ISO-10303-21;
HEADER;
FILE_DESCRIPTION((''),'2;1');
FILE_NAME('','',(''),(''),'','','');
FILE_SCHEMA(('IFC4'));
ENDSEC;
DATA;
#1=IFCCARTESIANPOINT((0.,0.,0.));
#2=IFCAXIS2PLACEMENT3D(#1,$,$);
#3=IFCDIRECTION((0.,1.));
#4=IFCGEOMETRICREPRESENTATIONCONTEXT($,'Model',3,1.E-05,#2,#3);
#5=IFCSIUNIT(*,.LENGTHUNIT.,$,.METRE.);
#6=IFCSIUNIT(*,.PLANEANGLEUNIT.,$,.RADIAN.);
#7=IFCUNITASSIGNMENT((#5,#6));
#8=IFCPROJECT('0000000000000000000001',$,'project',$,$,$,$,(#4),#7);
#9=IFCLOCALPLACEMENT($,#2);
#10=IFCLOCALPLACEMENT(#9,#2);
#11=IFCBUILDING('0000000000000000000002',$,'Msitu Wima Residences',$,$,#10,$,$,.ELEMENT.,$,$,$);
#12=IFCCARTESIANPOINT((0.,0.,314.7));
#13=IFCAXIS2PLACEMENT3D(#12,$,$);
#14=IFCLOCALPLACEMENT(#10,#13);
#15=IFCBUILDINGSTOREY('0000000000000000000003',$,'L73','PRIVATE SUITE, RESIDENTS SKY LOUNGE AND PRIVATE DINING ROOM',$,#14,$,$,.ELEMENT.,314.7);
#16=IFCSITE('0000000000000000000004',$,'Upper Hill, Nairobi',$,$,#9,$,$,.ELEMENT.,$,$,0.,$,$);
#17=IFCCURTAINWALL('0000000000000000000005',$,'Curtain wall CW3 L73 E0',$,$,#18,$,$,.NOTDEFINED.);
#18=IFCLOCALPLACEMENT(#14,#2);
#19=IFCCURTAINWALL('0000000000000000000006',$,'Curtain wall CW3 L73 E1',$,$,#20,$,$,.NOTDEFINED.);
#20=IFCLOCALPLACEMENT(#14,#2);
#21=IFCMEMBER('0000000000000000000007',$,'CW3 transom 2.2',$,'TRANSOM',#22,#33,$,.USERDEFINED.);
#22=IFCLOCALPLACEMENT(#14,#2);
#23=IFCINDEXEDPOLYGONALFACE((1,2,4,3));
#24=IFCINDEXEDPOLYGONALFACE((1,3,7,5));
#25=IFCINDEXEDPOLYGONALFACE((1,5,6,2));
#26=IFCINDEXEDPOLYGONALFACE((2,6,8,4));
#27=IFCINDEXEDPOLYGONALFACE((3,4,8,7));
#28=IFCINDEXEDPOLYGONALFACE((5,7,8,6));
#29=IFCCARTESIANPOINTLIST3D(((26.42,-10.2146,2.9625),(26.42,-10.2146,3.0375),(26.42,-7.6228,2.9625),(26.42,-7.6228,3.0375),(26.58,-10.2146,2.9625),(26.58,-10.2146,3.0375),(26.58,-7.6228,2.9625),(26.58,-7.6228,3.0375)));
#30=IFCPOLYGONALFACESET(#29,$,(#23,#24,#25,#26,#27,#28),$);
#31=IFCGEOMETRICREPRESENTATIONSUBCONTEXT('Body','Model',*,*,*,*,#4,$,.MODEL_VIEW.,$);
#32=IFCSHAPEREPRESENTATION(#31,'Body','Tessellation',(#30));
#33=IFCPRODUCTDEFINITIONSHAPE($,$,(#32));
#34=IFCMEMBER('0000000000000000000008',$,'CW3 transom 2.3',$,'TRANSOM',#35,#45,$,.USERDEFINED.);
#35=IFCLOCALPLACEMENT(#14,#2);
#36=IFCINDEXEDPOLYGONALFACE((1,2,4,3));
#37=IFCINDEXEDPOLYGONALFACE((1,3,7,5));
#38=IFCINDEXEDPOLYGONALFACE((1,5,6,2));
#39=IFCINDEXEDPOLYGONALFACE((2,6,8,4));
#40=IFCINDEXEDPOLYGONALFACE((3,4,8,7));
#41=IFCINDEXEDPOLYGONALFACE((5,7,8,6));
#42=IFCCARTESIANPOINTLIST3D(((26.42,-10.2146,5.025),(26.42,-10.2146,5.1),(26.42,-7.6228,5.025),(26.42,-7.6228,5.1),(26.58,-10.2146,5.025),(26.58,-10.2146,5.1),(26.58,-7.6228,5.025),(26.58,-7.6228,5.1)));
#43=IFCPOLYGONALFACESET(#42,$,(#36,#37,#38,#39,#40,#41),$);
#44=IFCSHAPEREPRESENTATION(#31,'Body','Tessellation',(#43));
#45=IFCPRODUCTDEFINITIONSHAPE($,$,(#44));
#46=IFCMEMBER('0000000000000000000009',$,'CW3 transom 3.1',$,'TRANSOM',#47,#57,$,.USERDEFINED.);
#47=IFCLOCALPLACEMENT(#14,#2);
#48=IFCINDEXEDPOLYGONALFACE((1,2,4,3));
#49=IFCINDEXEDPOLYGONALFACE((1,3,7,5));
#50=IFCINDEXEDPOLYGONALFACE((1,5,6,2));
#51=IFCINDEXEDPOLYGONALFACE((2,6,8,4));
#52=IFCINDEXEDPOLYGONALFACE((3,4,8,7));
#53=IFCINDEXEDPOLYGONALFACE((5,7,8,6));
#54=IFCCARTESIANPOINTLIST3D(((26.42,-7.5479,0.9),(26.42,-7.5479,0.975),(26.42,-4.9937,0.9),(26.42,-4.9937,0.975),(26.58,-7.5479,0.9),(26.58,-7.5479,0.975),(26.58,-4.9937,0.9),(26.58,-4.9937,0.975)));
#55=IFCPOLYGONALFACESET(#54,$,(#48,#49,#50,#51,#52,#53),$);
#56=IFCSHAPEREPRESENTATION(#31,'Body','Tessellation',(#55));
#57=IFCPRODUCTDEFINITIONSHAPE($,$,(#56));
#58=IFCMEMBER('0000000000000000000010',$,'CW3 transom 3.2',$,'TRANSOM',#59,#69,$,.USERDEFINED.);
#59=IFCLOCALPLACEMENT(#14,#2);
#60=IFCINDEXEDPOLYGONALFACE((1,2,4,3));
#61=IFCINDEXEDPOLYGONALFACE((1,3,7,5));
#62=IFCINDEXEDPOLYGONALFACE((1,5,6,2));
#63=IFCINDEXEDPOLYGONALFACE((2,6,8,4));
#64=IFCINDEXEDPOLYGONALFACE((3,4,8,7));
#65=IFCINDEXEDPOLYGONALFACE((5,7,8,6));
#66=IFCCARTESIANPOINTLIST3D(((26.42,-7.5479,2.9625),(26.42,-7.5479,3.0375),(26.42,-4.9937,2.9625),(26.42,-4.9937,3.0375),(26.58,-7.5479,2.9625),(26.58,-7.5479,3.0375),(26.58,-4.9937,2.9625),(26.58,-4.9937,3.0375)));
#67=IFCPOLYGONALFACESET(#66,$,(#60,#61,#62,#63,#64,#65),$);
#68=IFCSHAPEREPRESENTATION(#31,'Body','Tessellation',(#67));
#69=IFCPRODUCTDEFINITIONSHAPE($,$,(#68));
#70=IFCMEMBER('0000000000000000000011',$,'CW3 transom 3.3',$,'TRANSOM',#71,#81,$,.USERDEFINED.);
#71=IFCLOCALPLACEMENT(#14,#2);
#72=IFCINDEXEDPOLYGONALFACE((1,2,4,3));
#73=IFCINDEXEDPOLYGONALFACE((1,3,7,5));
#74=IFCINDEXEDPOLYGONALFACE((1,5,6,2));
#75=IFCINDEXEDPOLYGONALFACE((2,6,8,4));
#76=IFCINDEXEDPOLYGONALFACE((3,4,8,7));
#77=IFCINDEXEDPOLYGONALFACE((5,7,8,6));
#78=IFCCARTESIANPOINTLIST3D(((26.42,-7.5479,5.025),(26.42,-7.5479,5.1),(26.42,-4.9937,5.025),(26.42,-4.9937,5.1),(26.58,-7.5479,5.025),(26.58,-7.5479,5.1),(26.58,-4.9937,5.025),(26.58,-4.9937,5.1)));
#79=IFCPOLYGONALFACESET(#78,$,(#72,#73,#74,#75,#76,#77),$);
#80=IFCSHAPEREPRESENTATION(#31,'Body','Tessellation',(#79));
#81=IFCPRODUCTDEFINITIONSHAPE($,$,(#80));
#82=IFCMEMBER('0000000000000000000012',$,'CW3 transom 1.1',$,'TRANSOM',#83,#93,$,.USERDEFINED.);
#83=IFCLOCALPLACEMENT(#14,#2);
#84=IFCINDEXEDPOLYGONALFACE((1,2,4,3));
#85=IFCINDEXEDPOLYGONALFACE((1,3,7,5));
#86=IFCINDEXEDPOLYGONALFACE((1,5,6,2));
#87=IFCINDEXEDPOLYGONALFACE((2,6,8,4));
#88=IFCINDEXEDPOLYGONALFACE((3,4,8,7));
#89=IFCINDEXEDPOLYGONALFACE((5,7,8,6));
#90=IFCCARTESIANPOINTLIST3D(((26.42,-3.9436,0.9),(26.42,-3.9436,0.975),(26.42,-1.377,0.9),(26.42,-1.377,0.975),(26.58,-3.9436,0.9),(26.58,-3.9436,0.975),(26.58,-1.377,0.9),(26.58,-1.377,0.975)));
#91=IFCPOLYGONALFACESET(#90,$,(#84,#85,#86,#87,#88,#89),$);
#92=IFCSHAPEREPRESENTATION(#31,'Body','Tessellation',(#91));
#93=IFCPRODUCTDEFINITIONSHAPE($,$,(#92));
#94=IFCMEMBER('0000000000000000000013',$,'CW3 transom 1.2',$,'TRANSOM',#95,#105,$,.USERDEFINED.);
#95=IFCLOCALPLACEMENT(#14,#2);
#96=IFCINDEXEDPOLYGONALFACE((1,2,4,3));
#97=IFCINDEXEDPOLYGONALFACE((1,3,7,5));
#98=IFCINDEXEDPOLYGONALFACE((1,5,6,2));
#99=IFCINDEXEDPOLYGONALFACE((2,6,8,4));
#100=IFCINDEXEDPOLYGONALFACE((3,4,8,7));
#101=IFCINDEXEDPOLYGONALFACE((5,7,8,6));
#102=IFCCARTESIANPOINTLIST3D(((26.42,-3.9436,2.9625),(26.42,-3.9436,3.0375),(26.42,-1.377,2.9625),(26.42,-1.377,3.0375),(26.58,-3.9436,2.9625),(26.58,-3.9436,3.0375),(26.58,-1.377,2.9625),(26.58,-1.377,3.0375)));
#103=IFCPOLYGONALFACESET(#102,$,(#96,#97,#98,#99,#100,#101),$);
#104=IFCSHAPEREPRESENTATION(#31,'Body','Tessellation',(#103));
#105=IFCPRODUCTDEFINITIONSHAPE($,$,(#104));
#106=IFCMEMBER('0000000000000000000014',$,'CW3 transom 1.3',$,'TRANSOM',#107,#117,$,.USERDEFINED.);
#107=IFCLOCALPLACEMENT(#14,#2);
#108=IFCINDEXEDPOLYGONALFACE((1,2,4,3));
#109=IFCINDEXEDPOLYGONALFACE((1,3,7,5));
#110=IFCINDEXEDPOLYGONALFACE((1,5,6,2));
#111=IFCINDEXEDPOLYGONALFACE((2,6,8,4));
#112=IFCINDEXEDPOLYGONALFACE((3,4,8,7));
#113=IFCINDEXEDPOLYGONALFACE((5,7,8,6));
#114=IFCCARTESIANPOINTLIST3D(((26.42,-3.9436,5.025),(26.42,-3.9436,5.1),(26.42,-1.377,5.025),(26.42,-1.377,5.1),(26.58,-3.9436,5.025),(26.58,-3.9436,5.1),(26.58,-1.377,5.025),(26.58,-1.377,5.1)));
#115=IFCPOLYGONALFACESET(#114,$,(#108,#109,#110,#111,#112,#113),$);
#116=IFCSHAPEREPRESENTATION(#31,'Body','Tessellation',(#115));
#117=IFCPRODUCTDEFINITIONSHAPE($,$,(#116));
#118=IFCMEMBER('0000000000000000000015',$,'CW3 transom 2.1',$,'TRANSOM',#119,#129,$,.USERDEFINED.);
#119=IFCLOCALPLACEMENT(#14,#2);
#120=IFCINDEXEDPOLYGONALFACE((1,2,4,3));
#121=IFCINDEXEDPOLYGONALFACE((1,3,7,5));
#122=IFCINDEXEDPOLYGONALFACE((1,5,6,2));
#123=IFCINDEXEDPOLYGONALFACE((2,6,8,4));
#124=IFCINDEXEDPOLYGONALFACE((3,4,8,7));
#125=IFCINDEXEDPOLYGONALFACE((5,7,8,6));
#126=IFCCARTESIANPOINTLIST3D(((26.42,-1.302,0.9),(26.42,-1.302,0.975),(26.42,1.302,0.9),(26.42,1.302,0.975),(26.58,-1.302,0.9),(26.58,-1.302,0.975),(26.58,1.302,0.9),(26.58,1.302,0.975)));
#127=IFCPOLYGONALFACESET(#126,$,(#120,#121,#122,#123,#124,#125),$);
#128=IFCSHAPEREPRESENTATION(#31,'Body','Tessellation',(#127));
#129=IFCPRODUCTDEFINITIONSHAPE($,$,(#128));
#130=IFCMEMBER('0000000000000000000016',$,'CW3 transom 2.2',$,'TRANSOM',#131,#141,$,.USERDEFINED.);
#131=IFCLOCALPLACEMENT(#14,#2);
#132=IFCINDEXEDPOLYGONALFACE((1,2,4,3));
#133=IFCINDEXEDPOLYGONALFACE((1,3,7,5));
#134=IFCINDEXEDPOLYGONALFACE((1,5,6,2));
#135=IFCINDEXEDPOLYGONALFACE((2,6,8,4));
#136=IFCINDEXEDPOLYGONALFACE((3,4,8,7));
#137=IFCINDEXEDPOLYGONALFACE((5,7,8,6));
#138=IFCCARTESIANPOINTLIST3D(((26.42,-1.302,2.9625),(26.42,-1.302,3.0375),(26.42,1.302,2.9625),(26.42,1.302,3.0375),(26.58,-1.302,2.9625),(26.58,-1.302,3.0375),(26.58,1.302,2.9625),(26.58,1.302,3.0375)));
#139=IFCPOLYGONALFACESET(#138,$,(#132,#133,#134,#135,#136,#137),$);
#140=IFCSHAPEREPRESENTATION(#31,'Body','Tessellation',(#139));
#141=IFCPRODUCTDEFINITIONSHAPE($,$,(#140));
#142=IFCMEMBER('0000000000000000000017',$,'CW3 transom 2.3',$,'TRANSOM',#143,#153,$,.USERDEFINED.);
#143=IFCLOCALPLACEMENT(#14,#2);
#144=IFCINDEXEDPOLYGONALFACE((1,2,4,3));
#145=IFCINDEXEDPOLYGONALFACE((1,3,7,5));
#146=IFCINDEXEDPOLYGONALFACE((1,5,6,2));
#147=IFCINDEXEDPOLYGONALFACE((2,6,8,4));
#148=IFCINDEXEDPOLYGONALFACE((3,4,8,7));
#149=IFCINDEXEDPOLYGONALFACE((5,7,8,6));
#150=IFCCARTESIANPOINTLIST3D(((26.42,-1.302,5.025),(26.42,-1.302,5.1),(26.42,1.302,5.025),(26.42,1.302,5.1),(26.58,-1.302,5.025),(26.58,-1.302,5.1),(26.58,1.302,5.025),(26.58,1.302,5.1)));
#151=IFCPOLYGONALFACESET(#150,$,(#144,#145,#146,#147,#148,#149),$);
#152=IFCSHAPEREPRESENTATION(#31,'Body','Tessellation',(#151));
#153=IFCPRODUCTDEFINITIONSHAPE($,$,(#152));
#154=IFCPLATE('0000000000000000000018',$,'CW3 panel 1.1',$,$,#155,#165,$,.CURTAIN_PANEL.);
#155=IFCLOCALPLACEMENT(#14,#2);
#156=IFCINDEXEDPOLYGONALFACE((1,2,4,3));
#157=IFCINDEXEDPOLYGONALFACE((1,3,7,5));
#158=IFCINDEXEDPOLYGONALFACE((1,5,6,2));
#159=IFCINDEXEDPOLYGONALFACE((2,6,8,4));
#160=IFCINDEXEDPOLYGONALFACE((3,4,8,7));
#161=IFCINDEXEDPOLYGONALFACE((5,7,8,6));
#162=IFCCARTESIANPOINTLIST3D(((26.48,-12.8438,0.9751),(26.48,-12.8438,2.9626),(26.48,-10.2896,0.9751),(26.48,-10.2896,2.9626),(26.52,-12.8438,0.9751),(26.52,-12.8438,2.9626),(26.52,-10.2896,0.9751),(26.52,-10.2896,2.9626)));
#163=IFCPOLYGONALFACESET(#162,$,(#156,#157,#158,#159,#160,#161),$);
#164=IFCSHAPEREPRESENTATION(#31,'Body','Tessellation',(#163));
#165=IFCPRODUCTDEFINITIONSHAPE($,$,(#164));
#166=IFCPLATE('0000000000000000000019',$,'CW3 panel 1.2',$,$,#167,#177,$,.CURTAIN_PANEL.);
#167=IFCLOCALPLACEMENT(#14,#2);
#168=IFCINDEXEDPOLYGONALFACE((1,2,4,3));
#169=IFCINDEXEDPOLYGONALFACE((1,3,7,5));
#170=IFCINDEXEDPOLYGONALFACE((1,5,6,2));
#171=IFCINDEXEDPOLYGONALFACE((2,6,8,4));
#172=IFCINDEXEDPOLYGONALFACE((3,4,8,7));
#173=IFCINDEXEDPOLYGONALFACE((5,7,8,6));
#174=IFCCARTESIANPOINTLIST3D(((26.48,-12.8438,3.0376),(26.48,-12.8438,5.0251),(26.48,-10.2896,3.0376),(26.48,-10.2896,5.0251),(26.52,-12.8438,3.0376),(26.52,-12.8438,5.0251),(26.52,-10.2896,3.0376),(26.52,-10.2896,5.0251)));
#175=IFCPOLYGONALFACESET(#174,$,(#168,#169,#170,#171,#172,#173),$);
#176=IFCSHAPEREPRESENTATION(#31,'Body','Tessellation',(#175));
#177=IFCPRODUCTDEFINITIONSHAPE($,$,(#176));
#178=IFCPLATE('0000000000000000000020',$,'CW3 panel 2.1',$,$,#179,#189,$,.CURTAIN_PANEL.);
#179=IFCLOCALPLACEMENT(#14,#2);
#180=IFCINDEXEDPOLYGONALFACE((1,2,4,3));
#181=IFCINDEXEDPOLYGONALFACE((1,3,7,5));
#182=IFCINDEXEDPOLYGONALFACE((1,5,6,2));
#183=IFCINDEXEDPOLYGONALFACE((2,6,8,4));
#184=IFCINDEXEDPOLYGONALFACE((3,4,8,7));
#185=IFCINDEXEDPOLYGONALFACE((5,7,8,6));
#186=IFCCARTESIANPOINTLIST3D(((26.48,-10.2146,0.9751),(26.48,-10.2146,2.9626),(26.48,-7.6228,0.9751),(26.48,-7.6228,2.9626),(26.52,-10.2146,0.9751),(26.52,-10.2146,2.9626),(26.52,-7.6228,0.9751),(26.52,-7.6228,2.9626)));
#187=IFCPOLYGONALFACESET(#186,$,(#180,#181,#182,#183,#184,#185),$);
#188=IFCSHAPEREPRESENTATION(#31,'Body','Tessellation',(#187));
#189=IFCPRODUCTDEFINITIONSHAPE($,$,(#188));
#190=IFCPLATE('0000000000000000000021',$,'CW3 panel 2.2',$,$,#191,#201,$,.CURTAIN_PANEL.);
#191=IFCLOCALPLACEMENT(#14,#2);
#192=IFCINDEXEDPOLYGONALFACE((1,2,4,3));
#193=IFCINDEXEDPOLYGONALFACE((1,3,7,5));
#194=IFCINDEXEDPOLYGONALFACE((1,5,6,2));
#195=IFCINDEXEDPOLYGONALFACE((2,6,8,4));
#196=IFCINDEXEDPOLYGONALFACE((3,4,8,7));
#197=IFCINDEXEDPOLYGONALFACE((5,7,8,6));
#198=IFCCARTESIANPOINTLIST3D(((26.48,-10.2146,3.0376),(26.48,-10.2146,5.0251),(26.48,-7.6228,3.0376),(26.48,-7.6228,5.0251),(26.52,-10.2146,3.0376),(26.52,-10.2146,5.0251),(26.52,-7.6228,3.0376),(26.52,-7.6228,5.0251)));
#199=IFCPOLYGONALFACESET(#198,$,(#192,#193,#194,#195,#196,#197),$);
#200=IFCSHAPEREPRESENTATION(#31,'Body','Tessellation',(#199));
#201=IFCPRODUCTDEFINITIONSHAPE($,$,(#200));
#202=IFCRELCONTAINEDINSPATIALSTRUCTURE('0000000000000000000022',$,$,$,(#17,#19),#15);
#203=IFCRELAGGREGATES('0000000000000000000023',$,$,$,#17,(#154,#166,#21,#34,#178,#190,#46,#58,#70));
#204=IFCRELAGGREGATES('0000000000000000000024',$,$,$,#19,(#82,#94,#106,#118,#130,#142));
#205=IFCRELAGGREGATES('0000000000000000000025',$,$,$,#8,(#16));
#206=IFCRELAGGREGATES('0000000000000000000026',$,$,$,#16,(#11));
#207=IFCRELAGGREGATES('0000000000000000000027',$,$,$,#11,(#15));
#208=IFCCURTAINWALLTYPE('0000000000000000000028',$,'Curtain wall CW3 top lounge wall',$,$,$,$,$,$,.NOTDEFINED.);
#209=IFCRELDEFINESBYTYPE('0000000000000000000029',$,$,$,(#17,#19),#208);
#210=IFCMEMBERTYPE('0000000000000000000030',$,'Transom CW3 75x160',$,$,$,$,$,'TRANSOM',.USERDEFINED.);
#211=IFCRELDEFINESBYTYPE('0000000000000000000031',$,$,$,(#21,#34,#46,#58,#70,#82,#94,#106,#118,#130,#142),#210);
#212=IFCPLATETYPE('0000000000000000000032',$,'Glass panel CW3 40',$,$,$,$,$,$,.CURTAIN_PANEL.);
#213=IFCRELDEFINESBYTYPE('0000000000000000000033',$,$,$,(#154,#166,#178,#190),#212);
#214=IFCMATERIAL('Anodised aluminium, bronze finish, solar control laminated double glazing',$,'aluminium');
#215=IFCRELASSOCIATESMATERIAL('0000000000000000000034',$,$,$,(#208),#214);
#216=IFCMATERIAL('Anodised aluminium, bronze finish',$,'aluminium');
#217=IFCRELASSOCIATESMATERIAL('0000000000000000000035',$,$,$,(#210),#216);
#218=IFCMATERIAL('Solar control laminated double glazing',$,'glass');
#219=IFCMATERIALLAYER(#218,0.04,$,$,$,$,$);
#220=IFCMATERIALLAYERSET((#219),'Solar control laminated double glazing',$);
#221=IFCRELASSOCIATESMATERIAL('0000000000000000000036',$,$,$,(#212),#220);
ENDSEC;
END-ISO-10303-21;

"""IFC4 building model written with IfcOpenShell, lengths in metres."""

from ifc_helpers import new_model, si_unit, direction, frame, origin, origin_2d, place, context, subcontext, project, spatial, rectangle, extrude, material, layer, layer_set, material_profile, profile_set, type_object, element, aggregate, save


model = new_model("IFC4")

# Units and contexts
model_context = context("Model", 3, precision=1e-05, world=origin(), true_north=direction((0.0, 1.0)))
body_context = subcontext(model_context, "Body", "Model", "MODEL_VIEW")
ifc_project = project(units=[si_unit("LENGTHUNIT", "METRE"), si_unit("PLANEANGLEUNIT", "RADIAN")], contexts=[model_context])

# Site, building, storey
site_placement = place(None, origin())
site = spatial("IfcSite", under=ifc_project, at=site_placement, Name="Upper Hill, Nairobi", CompositionType="ELEMENT", RefElevation=0.0)
building_placement = place(site_placement, origin())
building = spatial("IfcBuilding", under=site, at=building_placement, Name="Msitu Wima Residences", CompositionType="ELEMENT")
storey_placement = place(building_placement, frame((0.0, 0.0, 314.7)))
storey = spatial("IfcBuildingStorey", under=building, at=storey_placement, Name="L73", Description="PRIVATE SUITE, RESIDENTS SKY LOUNGE AND PRIVATE DINING ROOM", CompositionType="ELEMENT", Elevation=314.7)

# Curtain walls
ifc_material_1 = material(Name="Anodised aluminium, bronze finish, solar control laminated double glazing", Category="aluminium")
curtain_wall_type = type_object("IfcCurtainWallType", Name="Curtain wall CW3 top lounge wall", PredefinedType="NOTDEFINED", material=ifc_material_1)
curtain_wall_1_placement = place(storey_placement, origin())
curtain_wall_1 = element("IfcCurtainWall", 1, at=curtain_wall_1_placement, inside=storey, type_object=curtain_wall_type, Name="Curtain wall CW3 L73 E0", PredefinedType="NOTDEFINED")
ifc_material_2 = material(Name="Anodised aluminium, bronze finish", Category="aluminium")
curtain_wall_2_placement = place(storey_placement, origin())
curtain_wall_2 = element("IfcCurtainWall", 2, at=curtain_wall_2_placement, inside=storey, type_object=curtain_wall_type, Name="Curtain wall CW3 L73 E1", PredefinedType="NOTDEFINED")

# Members
ifc_material_profile_1 = material_profile(ifc_material_2, rectangle(XDim=0.1599, YDim=0.075, at=origin_2d()), Name="Transom 75x160")
ifc_profile_set_1 = profile_set([ifc_material_profile_1], Name="Anodised aluminium, bronze finish")
member_type_1 = type_object("IfcMemberType", Name="Transom CW3 75x160", ElementType="TRANSOM", PredefinedType="USERDEFINED", material=ifc_profile_set_1)
member_1_placement = place(storey_placement, frame((26.5, -10.2146, 3.0), z_axis=(0.0, 1.0, 0.0), x_axis=(-1.0, 0.0, 0.0)))
member_1 = element("IfcMember", 3, at=member_1_placement, type_object=member_type_1, Name="CW3 transom 2.2", ObjectType="TRANSOM", PredefinedType="USERDEFINED", context=body_context, shape_type="SweptSolid", body=[
    extrude(rectangle(XDim=0.1599, YDim=0.075, at=origin_2d()), origin(), (0.0, 0.0, 1.0), 2.5918),
])
member_2_placement = place(storey_placement, frame((26.5, -10.2146, 5.0625), z_axis=(0.0, 1.0, 0.0), x_axis=(-1.0, 0.0, 0.0)))
member_2 = element("IfcMember", 4, at=member_2_placement, type_object=member_type_1, Name="CW3 transom 2.3", ObjectType="TRANSOM", PredefinedType="USERDEFINED", context=body_context, shape_type="SweptSolid", body=[
    extrude(rectangle(XDim=0.1599, YDim=0.075, at=origin_2d()), origin(), (0.0, 0.0, 1.0), 2.5918),
])
member_3_placement = place(storey_placement, frame((26.5, -7.5479, 0.9375), z_axis=(0.0, 1.0, 0.0), x_axis=(-1.0, 0.0, 0.0)))
member_3 = element("IfcMember", 5, at=member_3_placement, type_object=member_type_1, Name="CW3 transom 3.1", ObjectType="TRANSOM", PredefinedType="USERDEFINED", context=body_context, shape_type="SweptSolid", body=[
    extrude(rectangle(XDim=0.1599, YDim=0.075, at=origin_2d()), origin(), (0.0, 0.0, 1.0), 2.5542),
])
member_4_placement = place(storey_placement, frame((26.5, -7.5479, 3.0), z_axis=(0.0, 1.0, 0.0), x_axis=(-1.0, 0.0, 0.0)))
member_4 = element("IfcMember", 6, at=member_4_placement, type_object=member_type_1, Name="CW3 transom 3.2", ObjectType="TRANSOM", PredefinedType="USERDEFINED", context=body_context, shape_type="SweptSolid", body=[
    extrude(rectangle(XDim=0.1599, YDim=0.075, at=origin_2d()), origin(), (0.0, 0.0, 1.0), 2.5542),
])
member_5_placement = place(storey_placement, frame((26.5, -7.5479, 5.0625), z_axis=(0.0, 1.0, 0.0), x_axis=(-1.0, 0.0, 0.0)))
member_5 = element("IfcMember", 7, at=member_5_placement, type_object=member_type_1, Name="CW3 transom 3.3", ObjectType="TRANSOM", PredefinedType="USERDEFINED", context=body_context, shape_type="SweptSolid", body=[
    extrude(rectangle(XDim=0.1599, YDim=0.075, at=origin_2d()), origin(), (0.0, 0.0, 1.0), 2.5542),
])
member_6_placement = place(storey_placement, frame((26.5, -3.9436, 0.9375), z_axis=(0.0, 1.0, 0.0), x_axis=(-1.0, 0.0, 0.0)))
member_6 = element("IfcMember", 8, at=member_6_placement, type_object=member_type_1, Name="CW3 transom 1.1", ObjectType="TRANSOM", PredefinedType="USERDEFINED", context=body_context, shape_type="SweptSolid", body=[
    extrude(rectangle(XDim=0.1599, YDim=0.075, at=origin_2d()), origin(), (0.0, 0.0, 1.0), 2.5667),
])
member_7_placement = place(storey_placement, frame((26.5, -3.9436, 3.0), z_axis=(0.0, 1.0, 0.0), x_axis=(-1.0, 0.0, 0.0)))
member_7 = element("IfcMember", 9, at=member_7_placement, type_object=member_type_1, Name="CW3 transom 1.2", ObjectType="TRANSOM", PredefinedType="USERDEFINED", context=body_context, shape_type="SweptSolid", body=[
    extrude(rectangle(XDim=0.1599, YDim=0.075, at=origin_2d()), origin(), (0.0, 0.0, 1.0), 2.5667),
])
member_8_placement = place(storey_placement, frame((26.5, -3.9436, 5.0625), z_axis=(0.0, 1.0, 0.0), x_axis=(-1.0, 0.0, 0.0)))
member_8 = element("IfcMember", 10, at=member_8_placement, type_object=member_type_1, Name="CW3 transom 1.3", ObjectType="TRANSOM", PredefinedType="USERDEFINED", context=body_context, shape_type="SweptSolid", body=[
    extrude(rectangle(XDim=0.1599, YDim=0.075, at=origin_2d()), origin(), (0.0, 0.0, 1.0), 2.5667),
])
member_9_placement = place(storey_placement, frame((26.5, -1.302, 0.9375), z_axis=(0.0, 1.0, 0.0), x_axis=(-1.0, 0.0, 0.0)))
member_9 = element("IfcMember", 11, at=member_9_placement, type_object=member_type_1, Name="CW3 transom 2.1", ObjectType="TRANSOM", PredefinedType="USERDEFINED", context=body_context, shape_type="SweptSolid", body=[
    extrude(rectangle(XDim=0.1599, YDim=0.075, at=origin_2d()), origin(), (0.0, 0.0, 1.0), 2.604),
])
member_10_placement = place(storey_placement, frame((26.5, -1.302, 3.0), z_axis=(0.0, 1.0, 0.0), x_axis=(-1.0, 0.0, 0.0)))
member_10 = element("IfcMember", 12, at=member_10_placement, type_object=member_type_1, Name="CW3 transom 2.2", ObjectType="TRANSOM", PredefinedType="USERDEFINED", context=body_context, shape_type="SweptSolid", body=[
    extrude(rectangle(XDim=0.1599, YDim=0.075, at=origin_2d()), origin(), (0.0, 0.0, 1.0), 2.604),
])
member_11_placement = place(storey_placement, frame((26.5, -1.302, 5.0625), z_axis=(0.0, 1.0, 0.0), x_axis=(-1.0, 0.0, 0.0)))
member_11 = element("IfcMember", 13, at=member_11_placement, type_object=member_type_1, Name="CW3 transom 2.3", ObjectType="TRANSOM", PredefinedType="USERDEFINED", context=body_context, shape_type="SweptSolid", body=[
    extrude(rectangle(XDim=0.1599, YDim=0.075, at=origin_2d()), origin(), (0.0, 0.0, 1.0), 2.604),
])

# Plates
ifc_material_3 = material(Name="Solar control laminated double glazing", Category="glass")
ifc_layer_1 = layer(ifc_material_3, 0.04)
ifc_layer_set_1 = layer_set([ifc_layer_1], Name="Solar control laminated double glazing")
plate_type = type_object("IfcPlateType", Name="Glass panel CW3 40", PredefinedType="CURTAIN_PANEL", material=ifc_layer_set_1)
plate_1_placement = place(storey_placement, frame((26.5, -11.5667, 0.9751), z_axis=(0.0, 0.0, 1.0), x_axis=(0.0, 1.0, 0.0)))
plate_1 = element("IfcPlate", 14, at=plate_1_placement, type_object=plate_type, Name="CW3 panel 1.1", PredefinedType="CURTAIN_PANEL", context=body_context, shape_type="SweptSolid", body=[
    extrude(rectangle(XDim=2.5542, YDim=0.04, at=origin_2d()), origin(), (0.0, 0.0, 1.0), 1.9875),
])
plate_2_placement = place(storey_placement, frame((26.5, -11.5667, 3.0376), z_axis=(0.0, 0.0, 1.0), x_axis=(0.0, 1.0, 0.0)))
plate_2 = element("IfcPlate", 15, at=plate_2_placement, type_object=plate_type, Name="CW3 panel 1.2", PredefinedType="CURTAIN_PANEL", context=body_context, shape_type="SweptSolid", body=[
    extrude(rectangle(XDim=2.5542, YDim=0.04, at=origin_2d()), origin(), (0.0, 0.0, 1.0), 1.9875),
])
plate_3_placement = place(storey_placement, frame((26.5, -8.9187, 0.9751), z_axis=(0.0, 0.0, 1.0), x_axis=(0.0, 1.0, 0.0)))
plate_3 = element("IfcPlate", 16, at=plate_3_placement, type_object=plate_type, Name="CW3 panel 2.1", PredefinedType="CURTAIN_PANEL", context=body_context, shape_type="SweptSolid", body=[
    extrude(rectangle(XDim=2.5918, YDim=0.04, at=origin_2d()), origin(), (0.0, 0.0, 1.0), 1.9875),
])
plate_4_placement = place(storey_placement, frame((26.5, -8.9187, 3.0376), z_axis=(0.0, 0.0, 1.0), x_axis=(0.0, 1.0, 0.0)))
plate_4 = element("IfcPlate", 17, at=plate_4_placement, type_object=plate_type, Name="CW3 panel 2.2", PredefinedType="CURTAIN_PANEL", context=body_context, shape_type="SweptSolid", body=[
    extrude(rectangle(XDim=2.5918, YDim=0.04, at=origin_2d()), origin(), (0.0, 0.0, 1.0), 1.9875),
])
aggregate(curtain_wall_1, [plate_1, plate_2, member_1, member_2, plate_3, plate_4, member_3, member_4, member_5])
aggregate(curtain_wall_2, [member_6, member_7, member_8, member_9, member_10, member_11])

save(model, "model.ifc")
